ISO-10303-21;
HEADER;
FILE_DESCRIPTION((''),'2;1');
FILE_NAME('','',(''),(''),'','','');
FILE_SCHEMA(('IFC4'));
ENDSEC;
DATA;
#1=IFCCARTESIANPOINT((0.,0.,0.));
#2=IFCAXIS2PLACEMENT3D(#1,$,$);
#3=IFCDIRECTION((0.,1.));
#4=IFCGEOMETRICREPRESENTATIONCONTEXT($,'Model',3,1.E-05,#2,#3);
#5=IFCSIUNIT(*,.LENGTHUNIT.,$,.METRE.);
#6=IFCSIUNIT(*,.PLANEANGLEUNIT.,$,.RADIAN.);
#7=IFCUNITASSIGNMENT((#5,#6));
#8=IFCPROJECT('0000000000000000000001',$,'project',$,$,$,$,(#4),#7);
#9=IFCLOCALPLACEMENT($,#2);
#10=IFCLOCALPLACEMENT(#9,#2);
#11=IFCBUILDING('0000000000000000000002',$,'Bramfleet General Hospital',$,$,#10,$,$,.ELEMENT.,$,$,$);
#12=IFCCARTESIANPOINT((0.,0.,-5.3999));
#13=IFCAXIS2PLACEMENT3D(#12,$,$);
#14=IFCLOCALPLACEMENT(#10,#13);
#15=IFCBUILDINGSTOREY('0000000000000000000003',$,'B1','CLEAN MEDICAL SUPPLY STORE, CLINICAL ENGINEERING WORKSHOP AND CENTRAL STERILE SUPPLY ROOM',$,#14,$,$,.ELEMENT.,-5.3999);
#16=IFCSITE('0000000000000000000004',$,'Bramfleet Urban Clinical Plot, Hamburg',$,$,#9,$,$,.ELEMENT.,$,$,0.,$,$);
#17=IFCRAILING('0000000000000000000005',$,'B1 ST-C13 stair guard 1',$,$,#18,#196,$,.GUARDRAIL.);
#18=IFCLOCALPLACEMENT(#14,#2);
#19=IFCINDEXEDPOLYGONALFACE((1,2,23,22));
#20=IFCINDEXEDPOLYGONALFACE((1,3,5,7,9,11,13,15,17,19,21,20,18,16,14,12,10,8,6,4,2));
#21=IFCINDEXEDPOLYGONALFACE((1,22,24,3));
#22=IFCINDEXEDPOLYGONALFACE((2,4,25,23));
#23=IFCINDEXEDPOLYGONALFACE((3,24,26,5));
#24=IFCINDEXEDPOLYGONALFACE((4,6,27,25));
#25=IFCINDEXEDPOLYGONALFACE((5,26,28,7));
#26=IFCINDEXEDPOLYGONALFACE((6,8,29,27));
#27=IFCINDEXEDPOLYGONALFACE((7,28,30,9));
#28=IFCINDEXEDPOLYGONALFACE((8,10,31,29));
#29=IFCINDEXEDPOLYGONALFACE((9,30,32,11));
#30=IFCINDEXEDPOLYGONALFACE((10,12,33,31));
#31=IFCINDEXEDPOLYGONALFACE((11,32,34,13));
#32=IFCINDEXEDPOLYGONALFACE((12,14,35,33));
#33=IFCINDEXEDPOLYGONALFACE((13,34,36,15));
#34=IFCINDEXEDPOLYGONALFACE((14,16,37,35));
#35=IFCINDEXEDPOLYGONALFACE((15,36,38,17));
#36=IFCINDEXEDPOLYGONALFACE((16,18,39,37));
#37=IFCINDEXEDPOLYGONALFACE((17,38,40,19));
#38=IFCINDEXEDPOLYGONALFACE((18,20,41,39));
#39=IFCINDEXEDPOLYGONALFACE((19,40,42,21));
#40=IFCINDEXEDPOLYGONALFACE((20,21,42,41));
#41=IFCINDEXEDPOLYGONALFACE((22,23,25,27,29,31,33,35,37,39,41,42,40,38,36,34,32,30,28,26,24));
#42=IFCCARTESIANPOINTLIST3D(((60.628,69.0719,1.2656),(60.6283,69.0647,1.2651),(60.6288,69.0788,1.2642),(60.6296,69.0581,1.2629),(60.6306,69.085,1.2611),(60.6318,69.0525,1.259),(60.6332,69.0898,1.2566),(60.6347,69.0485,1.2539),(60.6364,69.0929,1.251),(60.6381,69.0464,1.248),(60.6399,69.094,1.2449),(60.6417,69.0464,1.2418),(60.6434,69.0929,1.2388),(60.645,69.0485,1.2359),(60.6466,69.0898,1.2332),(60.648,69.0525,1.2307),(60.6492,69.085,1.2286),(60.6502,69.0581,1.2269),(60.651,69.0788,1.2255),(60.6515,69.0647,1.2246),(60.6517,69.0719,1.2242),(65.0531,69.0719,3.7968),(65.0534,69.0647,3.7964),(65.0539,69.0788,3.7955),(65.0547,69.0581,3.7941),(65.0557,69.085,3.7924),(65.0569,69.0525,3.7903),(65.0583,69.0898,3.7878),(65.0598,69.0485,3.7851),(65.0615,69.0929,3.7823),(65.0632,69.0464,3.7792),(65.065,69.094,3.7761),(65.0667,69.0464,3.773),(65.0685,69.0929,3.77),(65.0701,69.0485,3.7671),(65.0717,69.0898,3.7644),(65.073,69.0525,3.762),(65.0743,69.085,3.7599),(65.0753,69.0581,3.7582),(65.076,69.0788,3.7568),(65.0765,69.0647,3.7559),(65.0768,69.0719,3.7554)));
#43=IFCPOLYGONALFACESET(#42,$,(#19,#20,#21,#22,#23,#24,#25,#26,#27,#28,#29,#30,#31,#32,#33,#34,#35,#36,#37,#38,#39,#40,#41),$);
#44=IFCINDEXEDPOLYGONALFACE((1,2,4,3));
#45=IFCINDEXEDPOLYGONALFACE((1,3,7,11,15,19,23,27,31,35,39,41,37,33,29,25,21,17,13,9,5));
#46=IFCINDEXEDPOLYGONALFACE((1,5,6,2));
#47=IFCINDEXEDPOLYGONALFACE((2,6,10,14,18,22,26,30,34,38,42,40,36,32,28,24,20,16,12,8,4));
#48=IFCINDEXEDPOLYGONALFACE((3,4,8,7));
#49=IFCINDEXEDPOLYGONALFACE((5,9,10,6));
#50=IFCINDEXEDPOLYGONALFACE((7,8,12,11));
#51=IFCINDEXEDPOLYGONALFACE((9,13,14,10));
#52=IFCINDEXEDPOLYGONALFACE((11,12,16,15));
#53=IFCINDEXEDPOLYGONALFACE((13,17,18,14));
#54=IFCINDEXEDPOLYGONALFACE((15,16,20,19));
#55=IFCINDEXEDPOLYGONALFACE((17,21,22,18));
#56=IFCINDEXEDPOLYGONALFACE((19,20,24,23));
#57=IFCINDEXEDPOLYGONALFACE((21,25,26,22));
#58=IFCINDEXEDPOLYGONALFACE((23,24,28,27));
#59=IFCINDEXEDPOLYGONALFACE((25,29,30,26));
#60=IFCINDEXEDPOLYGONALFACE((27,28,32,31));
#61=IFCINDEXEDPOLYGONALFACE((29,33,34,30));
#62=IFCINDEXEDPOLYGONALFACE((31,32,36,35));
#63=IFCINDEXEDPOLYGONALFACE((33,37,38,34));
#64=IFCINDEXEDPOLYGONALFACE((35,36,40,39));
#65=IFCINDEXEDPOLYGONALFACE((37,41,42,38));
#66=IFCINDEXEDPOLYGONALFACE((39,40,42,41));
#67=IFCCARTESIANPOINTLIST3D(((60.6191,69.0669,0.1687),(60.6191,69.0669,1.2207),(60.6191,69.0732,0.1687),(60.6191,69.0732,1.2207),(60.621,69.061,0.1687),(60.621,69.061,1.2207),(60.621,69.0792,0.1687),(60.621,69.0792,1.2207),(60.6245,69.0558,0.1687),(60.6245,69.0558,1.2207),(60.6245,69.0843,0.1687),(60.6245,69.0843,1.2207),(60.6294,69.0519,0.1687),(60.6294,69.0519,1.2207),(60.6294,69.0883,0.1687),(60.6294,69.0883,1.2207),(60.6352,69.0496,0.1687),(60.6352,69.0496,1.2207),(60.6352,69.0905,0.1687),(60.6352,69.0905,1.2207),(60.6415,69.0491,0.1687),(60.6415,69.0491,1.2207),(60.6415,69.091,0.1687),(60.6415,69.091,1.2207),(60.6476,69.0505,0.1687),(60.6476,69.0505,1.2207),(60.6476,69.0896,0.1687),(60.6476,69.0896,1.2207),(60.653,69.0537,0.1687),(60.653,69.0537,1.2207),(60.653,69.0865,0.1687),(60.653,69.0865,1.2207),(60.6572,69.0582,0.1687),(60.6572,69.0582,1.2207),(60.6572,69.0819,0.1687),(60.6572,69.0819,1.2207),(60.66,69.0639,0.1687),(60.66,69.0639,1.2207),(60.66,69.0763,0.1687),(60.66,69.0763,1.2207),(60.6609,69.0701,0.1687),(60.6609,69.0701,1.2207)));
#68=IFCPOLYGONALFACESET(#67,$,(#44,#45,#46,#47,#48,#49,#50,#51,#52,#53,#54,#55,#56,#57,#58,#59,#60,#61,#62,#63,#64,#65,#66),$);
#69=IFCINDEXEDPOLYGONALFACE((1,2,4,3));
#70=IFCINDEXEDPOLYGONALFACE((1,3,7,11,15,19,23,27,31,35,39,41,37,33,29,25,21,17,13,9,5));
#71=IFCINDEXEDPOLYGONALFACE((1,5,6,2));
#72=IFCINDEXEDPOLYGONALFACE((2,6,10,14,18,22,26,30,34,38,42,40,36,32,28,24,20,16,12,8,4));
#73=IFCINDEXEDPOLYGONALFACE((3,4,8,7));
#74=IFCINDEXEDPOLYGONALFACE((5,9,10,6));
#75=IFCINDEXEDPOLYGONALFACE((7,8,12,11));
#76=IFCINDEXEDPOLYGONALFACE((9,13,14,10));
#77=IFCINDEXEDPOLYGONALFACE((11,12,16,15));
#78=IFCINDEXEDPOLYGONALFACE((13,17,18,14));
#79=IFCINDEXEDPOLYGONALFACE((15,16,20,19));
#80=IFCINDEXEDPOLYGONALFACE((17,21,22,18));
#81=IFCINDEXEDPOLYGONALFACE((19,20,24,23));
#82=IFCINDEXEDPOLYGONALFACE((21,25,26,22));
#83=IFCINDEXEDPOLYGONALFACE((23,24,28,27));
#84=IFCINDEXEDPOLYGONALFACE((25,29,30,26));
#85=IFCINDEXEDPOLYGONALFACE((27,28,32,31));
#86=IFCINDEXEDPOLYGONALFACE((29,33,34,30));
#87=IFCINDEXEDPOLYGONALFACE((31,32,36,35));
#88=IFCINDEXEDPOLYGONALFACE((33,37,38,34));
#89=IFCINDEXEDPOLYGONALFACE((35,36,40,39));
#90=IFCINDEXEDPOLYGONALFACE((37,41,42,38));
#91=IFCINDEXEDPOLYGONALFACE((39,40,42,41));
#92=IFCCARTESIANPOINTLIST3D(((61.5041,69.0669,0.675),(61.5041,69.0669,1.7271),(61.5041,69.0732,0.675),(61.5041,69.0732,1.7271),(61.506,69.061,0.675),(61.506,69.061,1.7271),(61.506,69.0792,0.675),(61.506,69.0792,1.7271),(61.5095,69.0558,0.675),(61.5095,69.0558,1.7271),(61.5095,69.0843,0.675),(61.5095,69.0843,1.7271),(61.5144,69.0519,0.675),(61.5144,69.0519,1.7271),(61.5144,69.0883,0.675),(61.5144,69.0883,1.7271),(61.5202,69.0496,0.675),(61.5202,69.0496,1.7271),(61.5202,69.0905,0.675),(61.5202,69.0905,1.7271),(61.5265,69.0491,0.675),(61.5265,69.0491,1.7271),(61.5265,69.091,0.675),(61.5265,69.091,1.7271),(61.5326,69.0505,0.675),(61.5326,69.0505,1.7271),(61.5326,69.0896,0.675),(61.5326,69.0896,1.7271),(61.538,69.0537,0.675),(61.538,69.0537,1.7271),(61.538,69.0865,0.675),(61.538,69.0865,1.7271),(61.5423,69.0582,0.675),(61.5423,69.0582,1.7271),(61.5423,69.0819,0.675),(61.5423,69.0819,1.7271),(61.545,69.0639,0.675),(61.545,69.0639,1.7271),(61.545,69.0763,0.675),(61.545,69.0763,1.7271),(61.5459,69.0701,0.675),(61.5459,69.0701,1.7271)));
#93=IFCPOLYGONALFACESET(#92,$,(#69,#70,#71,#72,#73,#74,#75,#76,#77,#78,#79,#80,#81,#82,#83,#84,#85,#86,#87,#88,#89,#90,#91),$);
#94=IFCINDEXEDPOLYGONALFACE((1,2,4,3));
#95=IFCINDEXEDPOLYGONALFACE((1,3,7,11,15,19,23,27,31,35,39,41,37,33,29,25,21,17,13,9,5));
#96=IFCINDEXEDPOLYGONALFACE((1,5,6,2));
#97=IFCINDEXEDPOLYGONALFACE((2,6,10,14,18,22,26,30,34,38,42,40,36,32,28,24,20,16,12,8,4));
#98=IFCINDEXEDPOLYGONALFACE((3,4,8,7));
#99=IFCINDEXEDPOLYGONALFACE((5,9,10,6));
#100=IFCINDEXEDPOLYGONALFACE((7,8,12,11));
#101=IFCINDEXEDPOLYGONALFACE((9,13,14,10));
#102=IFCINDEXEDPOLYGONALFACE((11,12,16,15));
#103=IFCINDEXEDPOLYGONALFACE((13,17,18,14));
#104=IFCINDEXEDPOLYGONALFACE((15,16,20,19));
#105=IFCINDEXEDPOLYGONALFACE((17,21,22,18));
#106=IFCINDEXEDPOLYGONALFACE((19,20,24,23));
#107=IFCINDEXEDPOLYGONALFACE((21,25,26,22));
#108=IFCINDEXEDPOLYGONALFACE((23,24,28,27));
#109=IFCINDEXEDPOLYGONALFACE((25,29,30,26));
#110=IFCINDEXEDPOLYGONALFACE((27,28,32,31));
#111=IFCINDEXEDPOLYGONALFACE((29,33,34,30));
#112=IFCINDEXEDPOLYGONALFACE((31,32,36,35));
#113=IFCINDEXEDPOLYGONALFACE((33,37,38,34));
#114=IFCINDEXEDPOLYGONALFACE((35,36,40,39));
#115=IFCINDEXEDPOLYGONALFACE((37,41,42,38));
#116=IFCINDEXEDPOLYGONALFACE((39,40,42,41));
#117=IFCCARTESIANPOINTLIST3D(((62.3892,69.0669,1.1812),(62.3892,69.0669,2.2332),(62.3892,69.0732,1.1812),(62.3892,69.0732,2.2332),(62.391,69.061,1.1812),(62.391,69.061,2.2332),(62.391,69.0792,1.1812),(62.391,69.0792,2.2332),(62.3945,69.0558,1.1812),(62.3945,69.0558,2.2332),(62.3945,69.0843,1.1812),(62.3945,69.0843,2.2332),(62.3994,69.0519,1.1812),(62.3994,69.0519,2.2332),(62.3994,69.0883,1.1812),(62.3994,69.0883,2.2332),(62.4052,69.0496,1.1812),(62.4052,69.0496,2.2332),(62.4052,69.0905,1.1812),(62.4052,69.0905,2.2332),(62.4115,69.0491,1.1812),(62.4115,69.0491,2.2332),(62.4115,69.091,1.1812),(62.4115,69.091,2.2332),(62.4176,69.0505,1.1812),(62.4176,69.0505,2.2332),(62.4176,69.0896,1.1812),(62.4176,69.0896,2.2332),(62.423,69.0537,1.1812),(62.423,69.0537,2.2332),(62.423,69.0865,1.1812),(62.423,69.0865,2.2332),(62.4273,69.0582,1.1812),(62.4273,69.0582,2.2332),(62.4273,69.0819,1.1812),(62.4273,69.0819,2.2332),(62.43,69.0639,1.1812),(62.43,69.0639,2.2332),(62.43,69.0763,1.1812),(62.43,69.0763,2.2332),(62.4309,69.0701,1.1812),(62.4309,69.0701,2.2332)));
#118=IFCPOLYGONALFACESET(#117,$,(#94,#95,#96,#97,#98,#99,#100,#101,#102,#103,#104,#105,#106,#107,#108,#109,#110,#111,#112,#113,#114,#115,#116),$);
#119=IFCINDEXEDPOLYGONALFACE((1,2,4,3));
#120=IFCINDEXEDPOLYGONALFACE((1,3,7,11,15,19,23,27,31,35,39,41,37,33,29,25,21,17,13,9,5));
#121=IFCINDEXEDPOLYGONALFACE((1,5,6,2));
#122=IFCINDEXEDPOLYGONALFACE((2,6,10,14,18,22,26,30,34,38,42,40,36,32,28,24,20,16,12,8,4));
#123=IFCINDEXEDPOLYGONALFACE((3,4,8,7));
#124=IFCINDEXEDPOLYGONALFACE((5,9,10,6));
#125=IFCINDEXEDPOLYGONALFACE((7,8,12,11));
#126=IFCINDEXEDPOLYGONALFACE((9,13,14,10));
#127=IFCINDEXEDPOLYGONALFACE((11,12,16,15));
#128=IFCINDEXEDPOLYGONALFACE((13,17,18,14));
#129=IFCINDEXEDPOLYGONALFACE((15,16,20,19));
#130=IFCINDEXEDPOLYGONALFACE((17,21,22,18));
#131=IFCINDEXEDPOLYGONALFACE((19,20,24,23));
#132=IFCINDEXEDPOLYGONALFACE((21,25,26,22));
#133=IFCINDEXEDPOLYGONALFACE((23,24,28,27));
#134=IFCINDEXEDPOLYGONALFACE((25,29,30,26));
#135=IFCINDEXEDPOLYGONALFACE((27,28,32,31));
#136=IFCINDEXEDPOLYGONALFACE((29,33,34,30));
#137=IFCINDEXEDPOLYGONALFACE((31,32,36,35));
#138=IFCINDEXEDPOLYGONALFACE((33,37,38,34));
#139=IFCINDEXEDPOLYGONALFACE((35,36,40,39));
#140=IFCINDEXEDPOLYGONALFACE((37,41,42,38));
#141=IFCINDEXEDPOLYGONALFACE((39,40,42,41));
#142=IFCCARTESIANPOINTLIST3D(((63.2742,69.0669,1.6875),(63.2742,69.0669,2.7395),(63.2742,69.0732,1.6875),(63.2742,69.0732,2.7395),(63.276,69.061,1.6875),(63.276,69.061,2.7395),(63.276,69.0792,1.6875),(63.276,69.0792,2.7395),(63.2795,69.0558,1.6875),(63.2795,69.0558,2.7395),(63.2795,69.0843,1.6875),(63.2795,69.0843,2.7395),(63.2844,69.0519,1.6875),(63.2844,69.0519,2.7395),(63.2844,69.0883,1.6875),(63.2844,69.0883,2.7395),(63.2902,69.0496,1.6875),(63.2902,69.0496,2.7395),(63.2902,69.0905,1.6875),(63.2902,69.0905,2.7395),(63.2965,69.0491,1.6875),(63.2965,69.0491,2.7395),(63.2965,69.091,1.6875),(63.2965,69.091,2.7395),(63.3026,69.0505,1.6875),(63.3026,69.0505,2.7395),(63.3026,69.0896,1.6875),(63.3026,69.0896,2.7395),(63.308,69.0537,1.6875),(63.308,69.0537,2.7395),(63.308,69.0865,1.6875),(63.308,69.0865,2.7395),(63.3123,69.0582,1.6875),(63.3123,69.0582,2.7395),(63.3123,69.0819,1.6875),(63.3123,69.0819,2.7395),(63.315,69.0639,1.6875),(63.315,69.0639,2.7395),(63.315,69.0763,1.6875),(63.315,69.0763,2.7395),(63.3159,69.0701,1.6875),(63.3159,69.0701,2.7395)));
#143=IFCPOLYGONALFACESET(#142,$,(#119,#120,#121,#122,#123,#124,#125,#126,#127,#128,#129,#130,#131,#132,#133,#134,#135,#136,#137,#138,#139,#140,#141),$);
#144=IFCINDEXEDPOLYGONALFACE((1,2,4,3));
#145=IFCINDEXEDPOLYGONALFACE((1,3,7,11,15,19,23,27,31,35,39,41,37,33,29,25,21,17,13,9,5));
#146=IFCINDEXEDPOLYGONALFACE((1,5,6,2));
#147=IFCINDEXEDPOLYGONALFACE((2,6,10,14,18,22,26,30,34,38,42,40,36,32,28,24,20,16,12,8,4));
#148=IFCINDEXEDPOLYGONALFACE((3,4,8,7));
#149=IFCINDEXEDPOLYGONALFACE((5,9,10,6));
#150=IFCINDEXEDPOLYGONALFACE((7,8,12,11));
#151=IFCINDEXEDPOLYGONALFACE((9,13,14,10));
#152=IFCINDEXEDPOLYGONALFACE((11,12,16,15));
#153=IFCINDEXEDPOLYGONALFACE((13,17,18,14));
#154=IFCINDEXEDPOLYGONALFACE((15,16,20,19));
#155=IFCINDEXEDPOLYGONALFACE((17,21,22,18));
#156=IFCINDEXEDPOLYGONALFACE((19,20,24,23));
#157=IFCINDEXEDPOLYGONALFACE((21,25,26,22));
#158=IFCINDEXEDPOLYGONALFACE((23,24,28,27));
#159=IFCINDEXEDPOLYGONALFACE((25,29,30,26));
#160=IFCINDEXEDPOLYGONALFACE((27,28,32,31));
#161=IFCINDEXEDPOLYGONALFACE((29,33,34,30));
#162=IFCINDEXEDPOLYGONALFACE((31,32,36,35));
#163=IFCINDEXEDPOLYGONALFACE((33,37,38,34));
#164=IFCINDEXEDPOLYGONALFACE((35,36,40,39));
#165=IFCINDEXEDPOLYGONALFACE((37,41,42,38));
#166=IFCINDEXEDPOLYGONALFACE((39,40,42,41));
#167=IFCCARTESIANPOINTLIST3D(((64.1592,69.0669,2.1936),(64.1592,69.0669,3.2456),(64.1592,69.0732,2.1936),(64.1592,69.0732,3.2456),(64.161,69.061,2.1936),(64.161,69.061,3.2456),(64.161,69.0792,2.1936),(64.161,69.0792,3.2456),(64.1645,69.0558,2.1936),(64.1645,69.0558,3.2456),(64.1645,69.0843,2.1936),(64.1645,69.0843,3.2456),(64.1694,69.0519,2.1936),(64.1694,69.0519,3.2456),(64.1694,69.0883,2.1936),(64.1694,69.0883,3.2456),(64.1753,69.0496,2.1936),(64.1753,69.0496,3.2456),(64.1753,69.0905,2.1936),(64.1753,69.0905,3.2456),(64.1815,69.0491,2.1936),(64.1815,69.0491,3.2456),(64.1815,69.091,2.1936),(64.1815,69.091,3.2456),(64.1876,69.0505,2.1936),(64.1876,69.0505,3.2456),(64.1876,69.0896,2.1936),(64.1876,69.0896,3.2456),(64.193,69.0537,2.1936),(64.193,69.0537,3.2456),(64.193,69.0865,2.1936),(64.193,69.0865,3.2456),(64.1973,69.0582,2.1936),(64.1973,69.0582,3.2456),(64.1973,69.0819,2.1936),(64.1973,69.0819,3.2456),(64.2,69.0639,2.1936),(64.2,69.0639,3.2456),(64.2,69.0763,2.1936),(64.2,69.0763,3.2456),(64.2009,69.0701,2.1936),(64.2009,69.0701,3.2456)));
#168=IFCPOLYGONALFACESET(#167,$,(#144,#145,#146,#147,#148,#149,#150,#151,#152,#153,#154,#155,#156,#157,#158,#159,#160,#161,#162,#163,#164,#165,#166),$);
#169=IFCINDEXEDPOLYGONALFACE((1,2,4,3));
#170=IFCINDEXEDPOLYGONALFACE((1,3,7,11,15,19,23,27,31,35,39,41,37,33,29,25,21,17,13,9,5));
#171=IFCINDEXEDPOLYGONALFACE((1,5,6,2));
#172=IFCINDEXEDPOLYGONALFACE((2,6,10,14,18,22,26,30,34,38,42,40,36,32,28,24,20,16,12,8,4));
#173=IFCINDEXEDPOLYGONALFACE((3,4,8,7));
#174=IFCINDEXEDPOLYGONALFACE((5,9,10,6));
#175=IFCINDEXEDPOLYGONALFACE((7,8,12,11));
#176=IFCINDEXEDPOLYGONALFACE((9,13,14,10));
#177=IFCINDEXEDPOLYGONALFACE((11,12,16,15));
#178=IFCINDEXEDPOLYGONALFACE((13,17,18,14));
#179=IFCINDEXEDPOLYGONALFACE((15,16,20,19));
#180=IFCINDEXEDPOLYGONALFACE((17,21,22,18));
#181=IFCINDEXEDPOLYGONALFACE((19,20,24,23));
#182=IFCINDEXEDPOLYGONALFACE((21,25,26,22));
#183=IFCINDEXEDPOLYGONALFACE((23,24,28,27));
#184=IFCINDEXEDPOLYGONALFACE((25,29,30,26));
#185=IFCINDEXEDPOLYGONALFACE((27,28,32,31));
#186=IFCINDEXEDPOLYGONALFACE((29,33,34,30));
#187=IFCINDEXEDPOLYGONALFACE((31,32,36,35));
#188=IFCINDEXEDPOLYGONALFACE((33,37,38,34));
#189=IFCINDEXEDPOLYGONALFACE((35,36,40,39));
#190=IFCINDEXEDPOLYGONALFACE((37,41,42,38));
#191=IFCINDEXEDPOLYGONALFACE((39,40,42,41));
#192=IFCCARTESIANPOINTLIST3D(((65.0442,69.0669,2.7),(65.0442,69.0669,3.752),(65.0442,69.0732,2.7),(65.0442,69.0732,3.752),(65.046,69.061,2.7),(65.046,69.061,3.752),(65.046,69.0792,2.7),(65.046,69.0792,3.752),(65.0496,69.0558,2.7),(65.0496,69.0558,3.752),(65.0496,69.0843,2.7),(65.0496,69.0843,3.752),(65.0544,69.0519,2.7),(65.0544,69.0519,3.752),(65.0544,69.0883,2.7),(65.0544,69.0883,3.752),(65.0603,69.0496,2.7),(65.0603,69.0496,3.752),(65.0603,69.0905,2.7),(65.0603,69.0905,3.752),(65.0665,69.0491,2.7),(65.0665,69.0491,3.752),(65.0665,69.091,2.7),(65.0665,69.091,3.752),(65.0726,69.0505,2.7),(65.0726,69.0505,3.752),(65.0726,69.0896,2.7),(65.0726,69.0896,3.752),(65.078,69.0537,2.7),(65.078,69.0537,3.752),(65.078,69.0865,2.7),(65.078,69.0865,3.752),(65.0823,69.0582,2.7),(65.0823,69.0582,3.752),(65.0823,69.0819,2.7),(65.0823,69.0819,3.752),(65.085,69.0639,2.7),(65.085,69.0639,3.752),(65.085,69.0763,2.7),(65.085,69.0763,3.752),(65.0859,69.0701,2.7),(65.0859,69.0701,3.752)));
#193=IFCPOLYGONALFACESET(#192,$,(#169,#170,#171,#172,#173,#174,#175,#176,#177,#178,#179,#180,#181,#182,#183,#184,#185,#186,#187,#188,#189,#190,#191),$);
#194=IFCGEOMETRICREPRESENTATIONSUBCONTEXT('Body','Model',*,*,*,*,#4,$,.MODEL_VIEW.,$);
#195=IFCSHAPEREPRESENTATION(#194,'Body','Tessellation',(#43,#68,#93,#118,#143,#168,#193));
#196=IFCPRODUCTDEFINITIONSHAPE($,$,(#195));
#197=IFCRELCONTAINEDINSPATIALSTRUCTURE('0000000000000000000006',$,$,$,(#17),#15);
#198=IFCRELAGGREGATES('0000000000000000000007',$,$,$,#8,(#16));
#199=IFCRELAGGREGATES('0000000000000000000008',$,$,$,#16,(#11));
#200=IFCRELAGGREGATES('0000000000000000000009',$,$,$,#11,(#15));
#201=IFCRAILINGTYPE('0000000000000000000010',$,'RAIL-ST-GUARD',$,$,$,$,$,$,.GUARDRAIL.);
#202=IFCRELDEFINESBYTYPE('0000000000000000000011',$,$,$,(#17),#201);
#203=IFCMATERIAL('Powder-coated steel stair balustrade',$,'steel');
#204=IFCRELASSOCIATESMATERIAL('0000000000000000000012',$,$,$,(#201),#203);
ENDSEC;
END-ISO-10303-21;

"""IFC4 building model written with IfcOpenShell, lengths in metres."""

from ifc_helpers import new_model, si_unit, direction, frame, origin, origin_2d, place, context, subcontext, project, spatial, circle, extrude, material, type_object, element, save


model = new_model("IFC4")

# Units and contexts
model_context = context("Model", 3, precision=1e-05, world=origin(), true_north=direction((0.0, 1.0)))
body_context = subcontext(model_context, "Body", "Model", "MODEL_VIEW")
ifc_project = project(units=[si_unit("LENGTHUNIT", "METRE"), si_unit("PLANEANGLEUNIT", "RADIAN")], contexts=[model_context])

# Site, building, storey
site_placement = place(None, origin())
site = spatial("IfcSite", under=ifc_project, at=site_placement, Name="Bramfleet Urban Clinical Plot, Hamburg", CompositionType="ELEMENT", RefElevation=0.0)
building_placement = place(site_placement, origin())
building = spatial("IfcBuilding", under=site, at=building_placement, Name="Bramfleet General Hospital", CompositionType="ELEMENT")
storey_placement = place(building_placement, frame((0.0, 0.0, -5.3999)))
storey = spatial("IfcBuildingStorey", under=building, at=storey_placement, Name="B1", Description="CLEAN MEDICAL SUPPLY STORE, CLINICAL ENGINEERING WORKSHOP AND CENTRAL STERILE SUPPLY ROOM", CompositionType="ELEMENT", Elevation=-5.3999)

# Railing
ifc_material_1 = material(Name="Powder-coated steel stair balustrade", Category="steel")
railing_type_1 = type_object("IfcRailingType", Name="RAIL-ST-GUARD", PredefinedType="GUARDRAIL", material=ifc_material_1)
railing_1_placement = place(storey_placement, frame((60.6399, 69.0701, 0.1687)))
element("IfcRailing", 1, at=railing_1_placement, inside=storey, type_object=railing_type_1, Name="B1 ST-C13 stair guard 1", PredefinedType="GUARDRAIL", context=body_context, shape_type="SweptSolid", body=[
    extrude(circle(Radius=0.0239, at=origin_2d()), frame((0.0, 0.0, 1.0762), z_axis=(0.868019, 0.0, 0.496531), x_axis=(0.0, 1.0, 0.0)), (0.0, 0.0, 1.0), 5.0979),
    extrude(circle(Radius=0.021, at=origin_2d()), origin(), (0.0, 0.0, 1.0), 1.052),
    extrude(circle(Radius=0.021, at=origin_2d()), frame((0.885, 0.0, 0.5063)), (0.0, 0.0, 1.0), 1.052),
    extrude(circle(Radius=0.021, at=origin_2d()), frame((1.77, 0.0, 1.0125)), (0.0, 0.0, 1.0), 1.052),
    extrude(circle(Radius=0.021, at=origin_2d()), frame((2.655, 0.0, 1.5188)), (0.0, 0.0, 1.0), 1.052),
    extrude(circle(Radius=0.021, at=origin_2d()), frame((3.54, 0.0, 2.0249)), (0.0, 0.0, 1.0), 1.052),
    extrude(circle(Radius=0.021, at=origin_2d()), frame((4.425, 0.0, 2.5312)), (0.0, 0.0, 1.0), 1.052),
])

save(model, "model.ifc")
